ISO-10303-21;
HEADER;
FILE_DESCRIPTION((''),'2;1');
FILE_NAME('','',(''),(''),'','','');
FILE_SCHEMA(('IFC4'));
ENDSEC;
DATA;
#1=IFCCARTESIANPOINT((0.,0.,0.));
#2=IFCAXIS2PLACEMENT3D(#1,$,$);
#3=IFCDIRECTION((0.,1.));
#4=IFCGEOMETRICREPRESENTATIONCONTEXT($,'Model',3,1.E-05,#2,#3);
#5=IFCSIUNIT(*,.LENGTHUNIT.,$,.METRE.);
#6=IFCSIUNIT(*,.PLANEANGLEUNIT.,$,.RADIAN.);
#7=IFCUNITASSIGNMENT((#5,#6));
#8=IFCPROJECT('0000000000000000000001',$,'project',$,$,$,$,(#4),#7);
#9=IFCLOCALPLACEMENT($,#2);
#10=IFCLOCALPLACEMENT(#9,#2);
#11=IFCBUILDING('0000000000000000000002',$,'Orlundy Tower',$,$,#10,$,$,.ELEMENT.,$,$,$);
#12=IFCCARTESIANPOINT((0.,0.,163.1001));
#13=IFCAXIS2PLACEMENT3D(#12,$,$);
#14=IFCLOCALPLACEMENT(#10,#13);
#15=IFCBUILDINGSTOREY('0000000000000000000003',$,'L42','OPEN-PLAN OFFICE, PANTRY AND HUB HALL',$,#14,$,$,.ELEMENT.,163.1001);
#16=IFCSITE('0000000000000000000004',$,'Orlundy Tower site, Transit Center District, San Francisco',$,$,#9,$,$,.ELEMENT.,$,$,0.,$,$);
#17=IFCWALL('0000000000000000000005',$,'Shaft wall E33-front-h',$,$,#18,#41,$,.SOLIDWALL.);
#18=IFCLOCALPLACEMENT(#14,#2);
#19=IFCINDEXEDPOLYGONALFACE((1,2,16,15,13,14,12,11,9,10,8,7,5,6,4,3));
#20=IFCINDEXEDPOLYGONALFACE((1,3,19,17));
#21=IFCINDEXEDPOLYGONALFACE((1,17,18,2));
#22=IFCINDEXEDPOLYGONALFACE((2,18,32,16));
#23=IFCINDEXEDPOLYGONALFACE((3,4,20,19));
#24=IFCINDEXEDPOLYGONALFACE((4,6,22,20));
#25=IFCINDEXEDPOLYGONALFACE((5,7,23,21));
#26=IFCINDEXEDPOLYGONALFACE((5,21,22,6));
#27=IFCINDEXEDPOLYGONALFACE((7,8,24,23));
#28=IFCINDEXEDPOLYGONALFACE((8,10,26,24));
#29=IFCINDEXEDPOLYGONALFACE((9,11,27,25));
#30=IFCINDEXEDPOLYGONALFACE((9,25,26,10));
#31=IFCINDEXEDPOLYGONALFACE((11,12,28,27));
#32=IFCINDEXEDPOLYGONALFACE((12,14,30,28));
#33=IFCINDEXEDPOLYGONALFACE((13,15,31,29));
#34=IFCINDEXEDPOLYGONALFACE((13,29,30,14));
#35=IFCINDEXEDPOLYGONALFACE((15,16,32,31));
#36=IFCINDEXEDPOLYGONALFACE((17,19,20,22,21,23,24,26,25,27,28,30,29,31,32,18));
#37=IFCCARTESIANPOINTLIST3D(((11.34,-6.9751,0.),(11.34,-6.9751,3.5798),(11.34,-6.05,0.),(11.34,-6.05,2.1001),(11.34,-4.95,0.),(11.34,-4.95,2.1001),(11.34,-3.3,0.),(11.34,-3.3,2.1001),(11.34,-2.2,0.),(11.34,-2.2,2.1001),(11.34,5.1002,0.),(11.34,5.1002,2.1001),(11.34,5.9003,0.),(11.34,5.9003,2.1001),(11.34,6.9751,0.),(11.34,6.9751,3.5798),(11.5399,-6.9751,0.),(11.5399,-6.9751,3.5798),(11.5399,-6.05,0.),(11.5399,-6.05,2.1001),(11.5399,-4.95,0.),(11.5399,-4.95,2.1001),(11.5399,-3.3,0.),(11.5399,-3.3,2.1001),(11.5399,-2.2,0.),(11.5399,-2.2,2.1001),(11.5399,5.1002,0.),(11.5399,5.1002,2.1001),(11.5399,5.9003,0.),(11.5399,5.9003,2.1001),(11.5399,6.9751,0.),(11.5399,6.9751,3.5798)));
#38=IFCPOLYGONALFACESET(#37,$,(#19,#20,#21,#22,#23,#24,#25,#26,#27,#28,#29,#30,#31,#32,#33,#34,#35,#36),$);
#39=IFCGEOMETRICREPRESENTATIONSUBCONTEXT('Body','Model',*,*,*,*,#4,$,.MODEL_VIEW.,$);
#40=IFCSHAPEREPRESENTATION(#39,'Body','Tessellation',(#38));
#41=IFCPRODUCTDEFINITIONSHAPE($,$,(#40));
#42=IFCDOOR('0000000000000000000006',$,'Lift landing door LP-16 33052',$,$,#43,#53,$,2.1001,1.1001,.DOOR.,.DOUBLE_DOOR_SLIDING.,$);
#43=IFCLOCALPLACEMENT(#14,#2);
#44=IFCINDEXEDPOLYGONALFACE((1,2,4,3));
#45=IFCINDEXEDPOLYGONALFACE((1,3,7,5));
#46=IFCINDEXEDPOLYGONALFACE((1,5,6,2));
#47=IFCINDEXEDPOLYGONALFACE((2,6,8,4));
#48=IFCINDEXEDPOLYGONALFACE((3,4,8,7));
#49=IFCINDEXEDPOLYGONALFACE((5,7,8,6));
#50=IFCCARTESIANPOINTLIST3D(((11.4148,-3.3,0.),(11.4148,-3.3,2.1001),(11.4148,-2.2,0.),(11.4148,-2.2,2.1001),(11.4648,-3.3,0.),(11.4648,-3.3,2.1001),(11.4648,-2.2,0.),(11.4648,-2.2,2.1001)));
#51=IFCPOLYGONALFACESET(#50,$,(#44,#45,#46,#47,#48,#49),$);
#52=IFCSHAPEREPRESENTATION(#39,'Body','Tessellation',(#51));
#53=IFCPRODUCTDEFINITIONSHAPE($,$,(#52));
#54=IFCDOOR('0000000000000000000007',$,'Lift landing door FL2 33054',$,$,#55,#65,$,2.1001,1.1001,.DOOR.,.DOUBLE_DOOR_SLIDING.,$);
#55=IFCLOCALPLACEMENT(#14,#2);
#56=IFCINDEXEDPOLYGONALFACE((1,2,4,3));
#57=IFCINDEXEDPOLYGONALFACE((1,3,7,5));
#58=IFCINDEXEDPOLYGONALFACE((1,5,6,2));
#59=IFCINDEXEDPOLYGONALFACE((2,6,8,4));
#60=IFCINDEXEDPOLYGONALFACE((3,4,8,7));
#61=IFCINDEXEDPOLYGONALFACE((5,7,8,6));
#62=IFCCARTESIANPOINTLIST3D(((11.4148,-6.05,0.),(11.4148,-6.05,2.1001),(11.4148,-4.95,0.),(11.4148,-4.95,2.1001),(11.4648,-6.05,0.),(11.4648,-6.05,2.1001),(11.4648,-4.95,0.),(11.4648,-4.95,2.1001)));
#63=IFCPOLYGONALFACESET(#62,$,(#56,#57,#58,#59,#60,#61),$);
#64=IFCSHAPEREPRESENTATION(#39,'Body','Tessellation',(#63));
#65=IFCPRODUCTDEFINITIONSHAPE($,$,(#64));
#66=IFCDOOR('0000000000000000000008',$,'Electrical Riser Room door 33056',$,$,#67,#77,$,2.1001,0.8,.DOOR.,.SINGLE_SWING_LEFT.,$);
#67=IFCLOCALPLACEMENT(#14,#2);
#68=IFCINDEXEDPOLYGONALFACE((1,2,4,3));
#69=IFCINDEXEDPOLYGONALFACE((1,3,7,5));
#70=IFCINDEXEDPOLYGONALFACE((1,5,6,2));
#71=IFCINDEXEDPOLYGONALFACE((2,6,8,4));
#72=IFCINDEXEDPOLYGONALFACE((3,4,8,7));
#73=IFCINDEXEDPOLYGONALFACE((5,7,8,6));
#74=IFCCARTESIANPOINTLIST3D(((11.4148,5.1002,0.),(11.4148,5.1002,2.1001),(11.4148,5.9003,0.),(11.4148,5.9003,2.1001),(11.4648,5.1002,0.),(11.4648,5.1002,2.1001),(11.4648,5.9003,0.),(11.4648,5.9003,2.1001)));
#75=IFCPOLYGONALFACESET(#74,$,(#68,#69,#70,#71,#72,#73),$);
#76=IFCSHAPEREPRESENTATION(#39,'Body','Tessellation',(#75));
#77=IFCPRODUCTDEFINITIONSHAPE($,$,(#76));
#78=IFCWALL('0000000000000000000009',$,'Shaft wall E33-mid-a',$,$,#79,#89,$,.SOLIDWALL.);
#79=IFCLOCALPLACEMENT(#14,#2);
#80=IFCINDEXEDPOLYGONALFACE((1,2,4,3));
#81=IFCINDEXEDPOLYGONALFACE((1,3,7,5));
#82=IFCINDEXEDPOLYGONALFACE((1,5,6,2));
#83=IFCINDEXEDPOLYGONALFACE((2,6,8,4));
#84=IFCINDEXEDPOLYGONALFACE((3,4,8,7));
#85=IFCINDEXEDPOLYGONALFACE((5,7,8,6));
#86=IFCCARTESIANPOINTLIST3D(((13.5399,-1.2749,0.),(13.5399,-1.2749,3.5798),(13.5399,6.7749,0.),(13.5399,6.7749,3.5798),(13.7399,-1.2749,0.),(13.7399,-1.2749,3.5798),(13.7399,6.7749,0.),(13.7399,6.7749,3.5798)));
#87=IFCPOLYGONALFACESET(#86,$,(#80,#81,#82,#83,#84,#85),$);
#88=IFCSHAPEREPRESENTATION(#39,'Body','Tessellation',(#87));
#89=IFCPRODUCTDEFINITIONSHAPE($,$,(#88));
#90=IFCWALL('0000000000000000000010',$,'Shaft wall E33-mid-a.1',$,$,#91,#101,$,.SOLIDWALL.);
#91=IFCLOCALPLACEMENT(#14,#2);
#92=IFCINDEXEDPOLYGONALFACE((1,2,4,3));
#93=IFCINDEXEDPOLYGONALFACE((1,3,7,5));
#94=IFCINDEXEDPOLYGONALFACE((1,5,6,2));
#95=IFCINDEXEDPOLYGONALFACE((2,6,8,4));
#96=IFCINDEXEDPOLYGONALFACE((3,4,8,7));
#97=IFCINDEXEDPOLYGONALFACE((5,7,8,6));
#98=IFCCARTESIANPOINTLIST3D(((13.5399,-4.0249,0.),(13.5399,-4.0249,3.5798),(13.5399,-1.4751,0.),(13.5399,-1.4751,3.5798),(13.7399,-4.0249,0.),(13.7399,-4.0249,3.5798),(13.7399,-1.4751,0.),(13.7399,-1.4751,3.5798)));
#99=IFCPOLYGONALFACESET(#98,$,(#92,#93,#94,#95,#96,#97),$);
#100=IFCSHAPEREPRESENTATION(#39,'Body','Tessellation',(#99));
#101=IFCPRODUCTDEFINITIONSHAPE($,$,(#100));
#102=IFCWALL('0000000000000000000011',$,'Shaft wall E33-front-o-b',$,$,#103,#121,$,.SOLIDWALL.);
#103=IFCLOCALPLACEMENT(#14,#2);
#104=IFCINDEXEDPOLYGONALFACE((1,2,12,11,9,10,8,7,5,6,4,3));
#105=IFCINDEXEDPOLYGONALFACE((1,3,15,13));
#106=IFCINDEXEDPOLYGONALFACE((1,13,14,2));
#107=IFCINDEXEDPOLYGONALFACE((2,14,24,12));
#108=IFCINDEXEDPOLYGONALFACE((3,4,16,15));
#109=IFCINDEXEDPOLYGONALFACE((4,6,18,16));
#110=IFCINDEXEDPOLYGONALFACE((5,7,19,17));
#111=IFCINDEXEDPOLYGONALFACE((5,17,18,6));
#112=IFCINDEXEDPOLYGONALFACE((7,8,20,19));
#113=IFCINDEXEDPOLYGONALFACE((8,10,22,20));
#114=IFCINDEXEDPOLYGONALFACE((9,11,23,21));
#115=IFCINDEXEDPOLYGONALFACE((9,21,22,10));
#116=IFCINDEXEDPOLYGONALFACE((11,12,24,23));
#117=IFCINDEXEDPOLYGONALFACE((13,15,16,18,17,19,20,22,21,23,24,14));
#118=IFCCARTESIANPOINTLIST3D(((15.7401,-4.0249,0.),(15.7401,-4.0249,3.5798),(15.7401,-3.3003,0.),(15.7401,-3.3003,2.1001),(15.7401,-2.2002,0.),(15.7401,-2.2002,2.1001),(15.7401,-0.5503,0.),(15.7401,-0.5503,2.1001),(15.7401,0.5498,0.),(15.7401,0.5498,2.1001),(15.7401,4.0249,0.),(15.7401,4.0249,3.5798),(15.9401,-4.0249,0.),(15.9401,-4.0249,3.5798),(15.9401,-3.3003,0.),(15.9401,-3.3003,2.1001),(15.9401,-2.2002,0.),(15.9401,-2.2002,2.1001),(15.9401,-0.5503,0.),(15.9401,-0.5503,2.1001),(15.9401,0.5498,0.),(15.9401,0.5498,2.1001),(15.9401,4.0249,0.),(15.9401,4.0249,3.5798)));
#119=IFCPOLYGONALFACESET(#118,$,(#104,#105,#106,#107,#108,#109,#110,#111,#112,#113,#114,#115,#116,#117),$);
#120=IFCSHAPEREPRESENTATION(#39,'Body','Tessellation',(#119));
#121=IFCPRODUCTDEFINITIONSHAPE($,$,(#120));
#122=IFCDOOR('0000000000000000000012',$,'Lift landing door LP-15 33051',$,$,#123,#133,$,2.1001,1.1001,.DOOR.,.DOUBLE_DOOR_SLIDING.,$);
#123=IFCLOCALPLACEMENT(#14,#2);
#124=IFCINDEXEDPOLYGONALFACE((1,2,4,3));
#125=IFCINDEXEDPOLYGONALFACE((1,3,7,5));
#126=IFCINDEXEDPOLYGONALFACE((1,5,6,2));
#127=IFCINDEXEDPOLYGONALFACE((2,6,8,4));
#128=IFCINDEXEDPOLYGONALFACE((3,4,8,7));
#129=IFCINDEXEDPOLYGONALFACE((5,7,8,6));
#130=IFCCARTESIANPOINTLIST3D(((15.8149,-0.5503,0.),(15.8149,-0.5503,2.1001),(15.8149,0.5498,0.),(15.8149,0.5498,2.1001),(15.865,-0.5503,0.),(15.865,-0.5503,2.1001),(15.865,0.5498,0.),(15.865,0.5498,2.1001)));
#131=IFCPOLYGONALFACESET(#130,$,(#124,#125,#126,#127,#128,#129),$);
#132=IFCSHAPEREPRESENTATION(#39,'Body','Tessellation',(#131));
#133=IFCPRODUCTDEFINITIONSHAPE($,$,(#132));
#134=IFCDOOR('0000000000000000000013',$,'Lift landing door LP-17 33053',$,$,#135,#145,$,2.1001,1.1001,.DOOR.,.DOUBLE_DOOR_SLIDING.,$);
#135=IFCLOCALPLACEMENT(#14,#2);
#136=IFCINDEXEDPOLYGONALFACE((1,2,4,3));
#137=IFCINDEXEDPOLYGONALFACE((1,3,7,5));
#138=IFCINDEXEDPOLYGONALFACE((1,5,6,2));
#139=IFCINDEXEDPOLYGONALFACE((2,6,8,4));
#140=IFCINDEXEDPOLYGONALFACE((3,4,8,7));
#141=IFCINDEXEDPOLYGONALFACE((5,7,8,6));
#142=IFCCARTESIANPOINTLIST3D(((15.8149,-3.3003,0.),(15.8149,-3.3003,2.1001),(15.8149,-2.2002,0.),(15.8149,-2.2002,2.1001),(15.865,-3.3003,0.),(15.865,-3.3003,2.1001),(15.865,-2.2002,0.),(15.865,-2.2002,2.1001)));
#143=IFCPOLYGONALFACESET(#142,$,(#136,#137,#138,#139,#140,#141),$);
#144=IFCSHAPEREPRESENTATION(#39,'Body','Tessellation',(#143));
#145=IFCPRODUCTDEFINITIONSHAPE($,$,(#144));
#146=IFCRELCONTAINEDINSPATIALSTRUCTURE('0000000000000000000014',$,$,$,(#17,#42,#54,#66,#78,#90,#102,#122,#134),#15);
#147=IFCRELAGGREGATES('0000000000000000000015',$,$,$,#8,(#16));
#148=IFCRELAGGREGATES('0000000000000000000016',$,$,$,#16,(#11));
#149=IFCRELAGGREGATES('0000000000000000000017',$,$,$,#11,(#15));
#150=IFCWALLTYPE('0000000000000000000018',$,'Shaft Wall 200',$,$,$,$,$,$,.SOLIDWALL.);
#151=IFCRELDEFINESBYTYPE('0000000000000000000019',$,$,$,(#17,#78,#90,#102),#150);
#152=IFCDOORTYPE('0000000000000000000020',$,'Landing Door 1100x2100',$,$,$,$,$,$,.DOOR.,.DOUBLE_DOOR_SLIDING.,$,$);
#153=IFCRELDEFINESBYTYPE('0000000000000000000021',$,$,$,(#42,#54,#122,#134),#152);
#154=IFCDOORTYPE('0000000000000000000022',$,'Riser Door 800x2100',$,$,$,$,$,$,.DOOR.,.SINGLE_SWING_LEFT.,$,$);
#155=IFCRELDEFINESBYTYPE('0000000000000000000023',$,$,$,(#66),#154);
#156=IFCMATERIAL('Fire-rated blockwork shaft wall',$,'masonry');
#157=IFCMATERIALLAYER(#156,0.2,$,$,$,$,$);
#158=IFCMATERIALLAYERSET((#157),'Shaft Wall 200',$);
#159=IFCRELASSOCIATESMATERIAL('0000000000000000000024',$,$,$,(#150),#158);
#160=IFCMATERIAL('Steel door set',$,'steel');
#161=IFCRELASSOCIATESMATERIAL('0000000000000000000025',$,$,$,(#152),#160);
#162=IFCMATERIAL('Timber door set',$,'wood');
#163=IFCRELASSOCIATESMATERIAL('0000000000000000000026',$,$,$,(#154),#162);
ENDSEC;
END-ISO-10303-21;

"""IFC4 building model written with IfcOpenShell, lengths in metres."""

from ifc_helpers import new_model, si_unit, direction, frame, frame_2d, origin, place, context, subcontext, project, spatial, rectangle, extrude, material, layer, layer_set, type_object, element, fill, save


model = new_model("IFC4")

# Units and contexts
model_context = context("Model", 3, precision=1e-05, world=origin(), true_north=direction((0.0, 1.0)))
body_context = subcontext(model_context, "Body", "Model", "MODEL_VIEW")
ifc_project = project(units=[si_unit("LENGTHUNIT", "METRE"), si_unit("PLANEANGLEUNIT", "RADIAN")], contexts=[model_context])

# Site, building, storey
site_placement = place(None, origin())
site = spatial("IfcSite", under=ifc_project, at=site_placement, Name="Orlundy Tower site, Transit Center District, San Francisco", CompositionType="ELEMENT", RefElevation=0.0)
building_placement = place(site_placement, origin())
building = spatial("IfcBuilding", under=site, at=building_placement, Name="Orlundy Tower", CompositionType="ELEMENT")
storey_placement = place(building_placement, frame((0.0, 0.0, 163.1001)))
storey = spatial("IfcBuildingStorey", under=building, at=storey_placement, Name="L42", Description="OPEN-PLAN OFFICE, PANTRY AND HUB HALL", CompositionType="ELEMENT", Elevation=163.1001)

# Shared definitions
ifc_material_1 = material(Name="Fire-rated blockwork shaft wall", Category="masonry")
ifc_layer_1 = layer(ifc_material_1, 0.2)
ifc_layer_set_1 = layer_set([ifc_layer_1], Name="Shaft Wall 200")
wall_type_1 = type_object("IfcWallType", Name="Shaft Wall 200", PredefinedType="SOLIDWALL", material=ifc_layer_set_1)

# Wall, openings, doors
wall_1_placement = place(storey_placement, frame((11.4399, 6.9751, 0.0), z_axis=(0.0, 0.0, 1.0), x_axis=(0.0, -1.0, 0.0)))
wall_1 = element("IfcWall", 1, at=wall_1_placement, inside=storey, type_object=wall_type_1, Name="Shaft wall E33-front-h", PredefinedType="SOLIDWALL", context=body_context, shape_type="SweptSolid", body=[
    extrude(rectangle(XDim=13.9502, YDim=0.2, at=frame_2d((6.9751, 0.0))), origin(), (0.0, 0.0, 1.0), 3.5798),
])
opening_1_placement = place(wall_1_placement, frame((9.175, 0.0, 0.0)))
opening_1 = element("IfcOpeningElement", 2, at=opening_1_placement, cuts=wall_1, PredefinedType="OPENING", context=body_context, shape_type="SweptSolid", body=[
    extrude(rectangle(XDim=1.1001, YDim=2.1001, at=frame_2d((0.55, 1.05))), frame((0.0, 0.1101, 0.0), z_axis=(0.0, -1.0, 0.0), x_axis=(1.0, 0.0, 0.0)), (0.0, 0.0, 1.0), 0.2202),
])
opening_2_placement = place(wall_1_placement, frame((11.925, 0.0, 0.0)))
opening_2 = element("IfcOpeningElement", 3, at=opening_2_placement, cuts=wall_1, PredefinedType="OPENING", context=body_context, shape_type="SweptSolid", body=[
    extrude(rectangle(XDim=1.1001, YDim=2.1001, at=frame_2d((0.55, 1.05))), frame((0.0, 0.1101, 0.0), z_axis=(0.0, -1.0, 0.0), x_axis=(1.0, 0.0, 0.0)), (0.0, 0.0, 1.0), 0.2202),
])
opening_3_placement = place(wall_1_placement, frame((1.075, 0.0, 0.0)))
opening_3 = element("IfcOpeningElement", 4, at=opening_3_placement, cuts=wall_1, PredefinedType="OPENING", context=body_context, shape_type="SweptSolid", body=[
    extrude(rectangle(XDim=0.8, YDim=2.1001, at=frame_2d((0.3999, 1.05))), frame((0.0, 0.1101, 0.0), z_axis=(0.0, -1.0, 0.0), x_axis=(1.0, 0.0, 0.0)), (0.0, 0.0, 1.0), 0.2202),
])
ifc_material_2 = material(Name="Steel door set", Category="steel")
door_type_1 = type_object("IfcDoorType", Name="Landing Door 1100x2100", OperationType="DOUBLE_DOOR_SLIDING", PredefinedType="DOOR", material=ifc_material_2)
door_1_placement = place(opening_1_placement, origin())
door_1 = element("IfcDoor", 5, at=door_1_placement, inside=storey, type_object=door_type_1, Name="Lift landing door LP-16 33052", OperationType="DOUBLE_DOOR_SLIDING", OverallHeight=2.1001, OverallWidth=1.1001, PredefinedType="DOOR", context=body_context, shape_type="SweptSolid", body=[
    extrude(rectangle(XDim=1.1001, YDim=2.1001, at=frame_2d((0.55, 1.05))), frame((0.0, 0.0249, 0.0), z_axis=(0.0, -1.0, 0.0), x_axis=(1.0, 0.0, 0.0)), (0.0, 0.0, 1.0), 0.05),
])
fill(opening_1, door_1)
door_2_placement = place(opening_2_placement, origin())
door_2 = element("IfcDoor", 6, at=door_2_placement, inside=storey, type_object=door_type_1, Name="Lift landing door FL2 33054", OperationType="DOUBLE_DOOR_SLIDING", OverallHeight=2.1001, OverallWidth=1.1001, PredefinedType="DOOR", context=body_context, shape_type="SweptSolid", body=[
    extrude(rectangle(XDim=1.1001, YDim=2.1001, at=frame_2d((0.55, 1.05))), frame((0.0, 0.0249, 0.0), z_axis=(0.0, -1.0, 0.0), x_axis=(1.0, 0.0, 0.0)), (0.0, 0.0, 1.0), 0.05),
])
fill(opening_2, door_2)
ifc_material_3 = material(Name="Timber door set", Category="wood")
door_type_2 = type_object("IfcDoorType", Name="Riser Door 800x2100", OperationType="SINGLE_SWING_LEFT", PredefinedType="DOOR", material=ifc_material_3)
door_3_placement = place(opening_3_placement, origin())
door_3 = element("IfcDoor", 7, at=door_3_placement, inside=storey, type_object=door_type_2, Name="Electrical Riser Room door 33056", OperationType="SINGLE_SWING_LEFT", OverallHeight=2.1001, OverallWidth=0.8, PredefinedType="DOOR", context=body_context, shape_type="SweptSolid", body=[
    extrude(rectangle(XDim=0.8, YDim=2.1001, at=frame_2d((0.3999, 1.05))), frame((0.0, 0.0249, 0.0), z_axis=(0.0, -1.0, 0.0), x_axis=(1.0, 0.0, 0.0)), (0.0, 0.0, 1.0), 0.05),
])
fill(opening_3, door_3)

# Walls
wall_2_placement = place(storey_placement, frame((13.6399, 6.7749, 0.0), z_axis=(0.0, 0.0, 1.0), x_axis=(0.0, -1.0, 0.0)))
element("IfcWall", 8, at=wall_2_placement, inside=storey, type_object=wall_type_1, Name="Shaft wall E33-mid-a", PredefinedType="SOLIDWALL", context=body_context, shape_type="SweptSolid", body=[
    extrude(rectangle(XDim=8.0498, YDim=0.2, at=frame_2d((4.0249, 0.0))), origin(), (0.0, 0.0, 1.0), 3.5798),
])
wall_3_placement = place(storey_placement, frame((13.6399, -1.4751, 0.0), z_axis=(0.0, 0.0, 1.0), x_axis=(0.0, -1.0, 0.0)))
element("IfcWall", 9, at=wall_3_placement, inside=storey, type_object=wall_type_1, Name="Shaft wall E33-mid-a.1", PredefinedType="SOLIDWALL", context=body_context, shape_type="SweptSolid", body=[
    extrude(rectangle(XDim=2.5498, YDim=0.2, at=frame_2d((1.2749, 0.0))), origin(), (0.0, 0.0, 1.0), 3.5798),
])

# Wall, openings, doors
wall_4_placement = place(storey_placement, frame((15.8401, 4.0249, 0.0), z_axis=(0.0, 0.0, 1.0), x_axis=(0.0, -1.0, 0.0)))
wall_4 = element("IfcWall", 10, at=wall_4_placement, inside=storey, type_object=wall_type_1, Name="Shaft wall E33-front-o-b", PredefinedType="SOLIDWALL", context=body_context, shape_type="SweptSolid", body=[
    extrude(rectangle(XDim=8.0498, YDim=0.2, at=frame_2d((4.0249, 0.0))), origin(), (0.0, 0.0, 1.0), 3.5798),
])
opening_4_placement = place(wall_4_placement, frame((3.4751, 0.0, 0.0)))
opening_4 = element("IfcOpeningElement", 11, at=opening_4_placement, cuts=wall_4, PredefinedType="OPENING", context=body_context, shape_type="SweptSolid", body=[
    extrude(rectangle(XDim=1.1001, YDim=2.1001, at=frame_2d((0.55, 1.05))), frame((0.0, 0.1101, 0.0), z_axis=(0.0, -1.0, 0.0), x_axis=(1.0, 0.0, 0.0)), (0.0, 0.0, 1.0), 0.2202),
])
opening_5_placement = place(wall_4_placement, frame((6.2251, 0.0, 0.0)))
opening_5 = element("IfcOpeningElement", 12, at=opening_5_placement, cuts=wall_4, PredefinedType="OPENING", context=body_context, shape_type="SweptSolid", body=[
    extrude(rectangle(XDim=1.1001, YDim=2.1001, at=frame_2d((0.55, 1.05))), frame((0.0, 0.1101, 0.0), z_axis=(0.0, -1.0, 0.0), x_axis=(1.0, 0.0, 0.0)), (0.0, 0.0, 1.0), 0.2202),
])
door_4_placement = place(opening_4_placement, origin())
door_4 = element("IfcDoor", 13, at=door_4_placement, inside=storey, type_object=door_type_1, Name="Lift landing door LP-15 33051", OperationType="DOUBLE_DOOR_SLIDING", OverallHeight=2.1001, OverallWidth=1.1001, PredefinedType="DOOR", context=body_context, shape_type="SweptSolid", body=[
    extrude(rectangle(XDim=1.1001, YDim=2.1001, at=frame_2d((0.55, 1.05))), frame((0.0, 0.0249, 0.0), z_axis=(0.0, -1.0, 0.0), x_axis=(1.0, 0.0, 0.0)), (0.0, 0.0, 1.0), 0.05),
])
fill(opening_4, door_4)
door_5_placement = place(opening_5_placement, origin())
door_5 = element("IfcDoor", 14, at=door_5_placement, inside=storey, type_object=door_type_1, Name="Lift landing door LP-17 33053", OperationType="DOUBLE_DOOR_SLIDING", OverallHeight=2.1001, OverallWidth=1.1001, PredefinedType="DOOR", context=body_context, shape_type="SweptSolid", body=[
    extrude(rectangle(XDim=1.1001, YDim=2.1001, at=frame_2d((0.55, 1.05))), frame((0.0, 0.0249, 0.0), z_axis=(0.0, -1.0, 0.0), x_axis=(1.0, 0.0, 0.0)), (0.0, 0.0, 1.0), 0.05),
])
fill(opening_5, door_5)

save(model, "model.ifc")
